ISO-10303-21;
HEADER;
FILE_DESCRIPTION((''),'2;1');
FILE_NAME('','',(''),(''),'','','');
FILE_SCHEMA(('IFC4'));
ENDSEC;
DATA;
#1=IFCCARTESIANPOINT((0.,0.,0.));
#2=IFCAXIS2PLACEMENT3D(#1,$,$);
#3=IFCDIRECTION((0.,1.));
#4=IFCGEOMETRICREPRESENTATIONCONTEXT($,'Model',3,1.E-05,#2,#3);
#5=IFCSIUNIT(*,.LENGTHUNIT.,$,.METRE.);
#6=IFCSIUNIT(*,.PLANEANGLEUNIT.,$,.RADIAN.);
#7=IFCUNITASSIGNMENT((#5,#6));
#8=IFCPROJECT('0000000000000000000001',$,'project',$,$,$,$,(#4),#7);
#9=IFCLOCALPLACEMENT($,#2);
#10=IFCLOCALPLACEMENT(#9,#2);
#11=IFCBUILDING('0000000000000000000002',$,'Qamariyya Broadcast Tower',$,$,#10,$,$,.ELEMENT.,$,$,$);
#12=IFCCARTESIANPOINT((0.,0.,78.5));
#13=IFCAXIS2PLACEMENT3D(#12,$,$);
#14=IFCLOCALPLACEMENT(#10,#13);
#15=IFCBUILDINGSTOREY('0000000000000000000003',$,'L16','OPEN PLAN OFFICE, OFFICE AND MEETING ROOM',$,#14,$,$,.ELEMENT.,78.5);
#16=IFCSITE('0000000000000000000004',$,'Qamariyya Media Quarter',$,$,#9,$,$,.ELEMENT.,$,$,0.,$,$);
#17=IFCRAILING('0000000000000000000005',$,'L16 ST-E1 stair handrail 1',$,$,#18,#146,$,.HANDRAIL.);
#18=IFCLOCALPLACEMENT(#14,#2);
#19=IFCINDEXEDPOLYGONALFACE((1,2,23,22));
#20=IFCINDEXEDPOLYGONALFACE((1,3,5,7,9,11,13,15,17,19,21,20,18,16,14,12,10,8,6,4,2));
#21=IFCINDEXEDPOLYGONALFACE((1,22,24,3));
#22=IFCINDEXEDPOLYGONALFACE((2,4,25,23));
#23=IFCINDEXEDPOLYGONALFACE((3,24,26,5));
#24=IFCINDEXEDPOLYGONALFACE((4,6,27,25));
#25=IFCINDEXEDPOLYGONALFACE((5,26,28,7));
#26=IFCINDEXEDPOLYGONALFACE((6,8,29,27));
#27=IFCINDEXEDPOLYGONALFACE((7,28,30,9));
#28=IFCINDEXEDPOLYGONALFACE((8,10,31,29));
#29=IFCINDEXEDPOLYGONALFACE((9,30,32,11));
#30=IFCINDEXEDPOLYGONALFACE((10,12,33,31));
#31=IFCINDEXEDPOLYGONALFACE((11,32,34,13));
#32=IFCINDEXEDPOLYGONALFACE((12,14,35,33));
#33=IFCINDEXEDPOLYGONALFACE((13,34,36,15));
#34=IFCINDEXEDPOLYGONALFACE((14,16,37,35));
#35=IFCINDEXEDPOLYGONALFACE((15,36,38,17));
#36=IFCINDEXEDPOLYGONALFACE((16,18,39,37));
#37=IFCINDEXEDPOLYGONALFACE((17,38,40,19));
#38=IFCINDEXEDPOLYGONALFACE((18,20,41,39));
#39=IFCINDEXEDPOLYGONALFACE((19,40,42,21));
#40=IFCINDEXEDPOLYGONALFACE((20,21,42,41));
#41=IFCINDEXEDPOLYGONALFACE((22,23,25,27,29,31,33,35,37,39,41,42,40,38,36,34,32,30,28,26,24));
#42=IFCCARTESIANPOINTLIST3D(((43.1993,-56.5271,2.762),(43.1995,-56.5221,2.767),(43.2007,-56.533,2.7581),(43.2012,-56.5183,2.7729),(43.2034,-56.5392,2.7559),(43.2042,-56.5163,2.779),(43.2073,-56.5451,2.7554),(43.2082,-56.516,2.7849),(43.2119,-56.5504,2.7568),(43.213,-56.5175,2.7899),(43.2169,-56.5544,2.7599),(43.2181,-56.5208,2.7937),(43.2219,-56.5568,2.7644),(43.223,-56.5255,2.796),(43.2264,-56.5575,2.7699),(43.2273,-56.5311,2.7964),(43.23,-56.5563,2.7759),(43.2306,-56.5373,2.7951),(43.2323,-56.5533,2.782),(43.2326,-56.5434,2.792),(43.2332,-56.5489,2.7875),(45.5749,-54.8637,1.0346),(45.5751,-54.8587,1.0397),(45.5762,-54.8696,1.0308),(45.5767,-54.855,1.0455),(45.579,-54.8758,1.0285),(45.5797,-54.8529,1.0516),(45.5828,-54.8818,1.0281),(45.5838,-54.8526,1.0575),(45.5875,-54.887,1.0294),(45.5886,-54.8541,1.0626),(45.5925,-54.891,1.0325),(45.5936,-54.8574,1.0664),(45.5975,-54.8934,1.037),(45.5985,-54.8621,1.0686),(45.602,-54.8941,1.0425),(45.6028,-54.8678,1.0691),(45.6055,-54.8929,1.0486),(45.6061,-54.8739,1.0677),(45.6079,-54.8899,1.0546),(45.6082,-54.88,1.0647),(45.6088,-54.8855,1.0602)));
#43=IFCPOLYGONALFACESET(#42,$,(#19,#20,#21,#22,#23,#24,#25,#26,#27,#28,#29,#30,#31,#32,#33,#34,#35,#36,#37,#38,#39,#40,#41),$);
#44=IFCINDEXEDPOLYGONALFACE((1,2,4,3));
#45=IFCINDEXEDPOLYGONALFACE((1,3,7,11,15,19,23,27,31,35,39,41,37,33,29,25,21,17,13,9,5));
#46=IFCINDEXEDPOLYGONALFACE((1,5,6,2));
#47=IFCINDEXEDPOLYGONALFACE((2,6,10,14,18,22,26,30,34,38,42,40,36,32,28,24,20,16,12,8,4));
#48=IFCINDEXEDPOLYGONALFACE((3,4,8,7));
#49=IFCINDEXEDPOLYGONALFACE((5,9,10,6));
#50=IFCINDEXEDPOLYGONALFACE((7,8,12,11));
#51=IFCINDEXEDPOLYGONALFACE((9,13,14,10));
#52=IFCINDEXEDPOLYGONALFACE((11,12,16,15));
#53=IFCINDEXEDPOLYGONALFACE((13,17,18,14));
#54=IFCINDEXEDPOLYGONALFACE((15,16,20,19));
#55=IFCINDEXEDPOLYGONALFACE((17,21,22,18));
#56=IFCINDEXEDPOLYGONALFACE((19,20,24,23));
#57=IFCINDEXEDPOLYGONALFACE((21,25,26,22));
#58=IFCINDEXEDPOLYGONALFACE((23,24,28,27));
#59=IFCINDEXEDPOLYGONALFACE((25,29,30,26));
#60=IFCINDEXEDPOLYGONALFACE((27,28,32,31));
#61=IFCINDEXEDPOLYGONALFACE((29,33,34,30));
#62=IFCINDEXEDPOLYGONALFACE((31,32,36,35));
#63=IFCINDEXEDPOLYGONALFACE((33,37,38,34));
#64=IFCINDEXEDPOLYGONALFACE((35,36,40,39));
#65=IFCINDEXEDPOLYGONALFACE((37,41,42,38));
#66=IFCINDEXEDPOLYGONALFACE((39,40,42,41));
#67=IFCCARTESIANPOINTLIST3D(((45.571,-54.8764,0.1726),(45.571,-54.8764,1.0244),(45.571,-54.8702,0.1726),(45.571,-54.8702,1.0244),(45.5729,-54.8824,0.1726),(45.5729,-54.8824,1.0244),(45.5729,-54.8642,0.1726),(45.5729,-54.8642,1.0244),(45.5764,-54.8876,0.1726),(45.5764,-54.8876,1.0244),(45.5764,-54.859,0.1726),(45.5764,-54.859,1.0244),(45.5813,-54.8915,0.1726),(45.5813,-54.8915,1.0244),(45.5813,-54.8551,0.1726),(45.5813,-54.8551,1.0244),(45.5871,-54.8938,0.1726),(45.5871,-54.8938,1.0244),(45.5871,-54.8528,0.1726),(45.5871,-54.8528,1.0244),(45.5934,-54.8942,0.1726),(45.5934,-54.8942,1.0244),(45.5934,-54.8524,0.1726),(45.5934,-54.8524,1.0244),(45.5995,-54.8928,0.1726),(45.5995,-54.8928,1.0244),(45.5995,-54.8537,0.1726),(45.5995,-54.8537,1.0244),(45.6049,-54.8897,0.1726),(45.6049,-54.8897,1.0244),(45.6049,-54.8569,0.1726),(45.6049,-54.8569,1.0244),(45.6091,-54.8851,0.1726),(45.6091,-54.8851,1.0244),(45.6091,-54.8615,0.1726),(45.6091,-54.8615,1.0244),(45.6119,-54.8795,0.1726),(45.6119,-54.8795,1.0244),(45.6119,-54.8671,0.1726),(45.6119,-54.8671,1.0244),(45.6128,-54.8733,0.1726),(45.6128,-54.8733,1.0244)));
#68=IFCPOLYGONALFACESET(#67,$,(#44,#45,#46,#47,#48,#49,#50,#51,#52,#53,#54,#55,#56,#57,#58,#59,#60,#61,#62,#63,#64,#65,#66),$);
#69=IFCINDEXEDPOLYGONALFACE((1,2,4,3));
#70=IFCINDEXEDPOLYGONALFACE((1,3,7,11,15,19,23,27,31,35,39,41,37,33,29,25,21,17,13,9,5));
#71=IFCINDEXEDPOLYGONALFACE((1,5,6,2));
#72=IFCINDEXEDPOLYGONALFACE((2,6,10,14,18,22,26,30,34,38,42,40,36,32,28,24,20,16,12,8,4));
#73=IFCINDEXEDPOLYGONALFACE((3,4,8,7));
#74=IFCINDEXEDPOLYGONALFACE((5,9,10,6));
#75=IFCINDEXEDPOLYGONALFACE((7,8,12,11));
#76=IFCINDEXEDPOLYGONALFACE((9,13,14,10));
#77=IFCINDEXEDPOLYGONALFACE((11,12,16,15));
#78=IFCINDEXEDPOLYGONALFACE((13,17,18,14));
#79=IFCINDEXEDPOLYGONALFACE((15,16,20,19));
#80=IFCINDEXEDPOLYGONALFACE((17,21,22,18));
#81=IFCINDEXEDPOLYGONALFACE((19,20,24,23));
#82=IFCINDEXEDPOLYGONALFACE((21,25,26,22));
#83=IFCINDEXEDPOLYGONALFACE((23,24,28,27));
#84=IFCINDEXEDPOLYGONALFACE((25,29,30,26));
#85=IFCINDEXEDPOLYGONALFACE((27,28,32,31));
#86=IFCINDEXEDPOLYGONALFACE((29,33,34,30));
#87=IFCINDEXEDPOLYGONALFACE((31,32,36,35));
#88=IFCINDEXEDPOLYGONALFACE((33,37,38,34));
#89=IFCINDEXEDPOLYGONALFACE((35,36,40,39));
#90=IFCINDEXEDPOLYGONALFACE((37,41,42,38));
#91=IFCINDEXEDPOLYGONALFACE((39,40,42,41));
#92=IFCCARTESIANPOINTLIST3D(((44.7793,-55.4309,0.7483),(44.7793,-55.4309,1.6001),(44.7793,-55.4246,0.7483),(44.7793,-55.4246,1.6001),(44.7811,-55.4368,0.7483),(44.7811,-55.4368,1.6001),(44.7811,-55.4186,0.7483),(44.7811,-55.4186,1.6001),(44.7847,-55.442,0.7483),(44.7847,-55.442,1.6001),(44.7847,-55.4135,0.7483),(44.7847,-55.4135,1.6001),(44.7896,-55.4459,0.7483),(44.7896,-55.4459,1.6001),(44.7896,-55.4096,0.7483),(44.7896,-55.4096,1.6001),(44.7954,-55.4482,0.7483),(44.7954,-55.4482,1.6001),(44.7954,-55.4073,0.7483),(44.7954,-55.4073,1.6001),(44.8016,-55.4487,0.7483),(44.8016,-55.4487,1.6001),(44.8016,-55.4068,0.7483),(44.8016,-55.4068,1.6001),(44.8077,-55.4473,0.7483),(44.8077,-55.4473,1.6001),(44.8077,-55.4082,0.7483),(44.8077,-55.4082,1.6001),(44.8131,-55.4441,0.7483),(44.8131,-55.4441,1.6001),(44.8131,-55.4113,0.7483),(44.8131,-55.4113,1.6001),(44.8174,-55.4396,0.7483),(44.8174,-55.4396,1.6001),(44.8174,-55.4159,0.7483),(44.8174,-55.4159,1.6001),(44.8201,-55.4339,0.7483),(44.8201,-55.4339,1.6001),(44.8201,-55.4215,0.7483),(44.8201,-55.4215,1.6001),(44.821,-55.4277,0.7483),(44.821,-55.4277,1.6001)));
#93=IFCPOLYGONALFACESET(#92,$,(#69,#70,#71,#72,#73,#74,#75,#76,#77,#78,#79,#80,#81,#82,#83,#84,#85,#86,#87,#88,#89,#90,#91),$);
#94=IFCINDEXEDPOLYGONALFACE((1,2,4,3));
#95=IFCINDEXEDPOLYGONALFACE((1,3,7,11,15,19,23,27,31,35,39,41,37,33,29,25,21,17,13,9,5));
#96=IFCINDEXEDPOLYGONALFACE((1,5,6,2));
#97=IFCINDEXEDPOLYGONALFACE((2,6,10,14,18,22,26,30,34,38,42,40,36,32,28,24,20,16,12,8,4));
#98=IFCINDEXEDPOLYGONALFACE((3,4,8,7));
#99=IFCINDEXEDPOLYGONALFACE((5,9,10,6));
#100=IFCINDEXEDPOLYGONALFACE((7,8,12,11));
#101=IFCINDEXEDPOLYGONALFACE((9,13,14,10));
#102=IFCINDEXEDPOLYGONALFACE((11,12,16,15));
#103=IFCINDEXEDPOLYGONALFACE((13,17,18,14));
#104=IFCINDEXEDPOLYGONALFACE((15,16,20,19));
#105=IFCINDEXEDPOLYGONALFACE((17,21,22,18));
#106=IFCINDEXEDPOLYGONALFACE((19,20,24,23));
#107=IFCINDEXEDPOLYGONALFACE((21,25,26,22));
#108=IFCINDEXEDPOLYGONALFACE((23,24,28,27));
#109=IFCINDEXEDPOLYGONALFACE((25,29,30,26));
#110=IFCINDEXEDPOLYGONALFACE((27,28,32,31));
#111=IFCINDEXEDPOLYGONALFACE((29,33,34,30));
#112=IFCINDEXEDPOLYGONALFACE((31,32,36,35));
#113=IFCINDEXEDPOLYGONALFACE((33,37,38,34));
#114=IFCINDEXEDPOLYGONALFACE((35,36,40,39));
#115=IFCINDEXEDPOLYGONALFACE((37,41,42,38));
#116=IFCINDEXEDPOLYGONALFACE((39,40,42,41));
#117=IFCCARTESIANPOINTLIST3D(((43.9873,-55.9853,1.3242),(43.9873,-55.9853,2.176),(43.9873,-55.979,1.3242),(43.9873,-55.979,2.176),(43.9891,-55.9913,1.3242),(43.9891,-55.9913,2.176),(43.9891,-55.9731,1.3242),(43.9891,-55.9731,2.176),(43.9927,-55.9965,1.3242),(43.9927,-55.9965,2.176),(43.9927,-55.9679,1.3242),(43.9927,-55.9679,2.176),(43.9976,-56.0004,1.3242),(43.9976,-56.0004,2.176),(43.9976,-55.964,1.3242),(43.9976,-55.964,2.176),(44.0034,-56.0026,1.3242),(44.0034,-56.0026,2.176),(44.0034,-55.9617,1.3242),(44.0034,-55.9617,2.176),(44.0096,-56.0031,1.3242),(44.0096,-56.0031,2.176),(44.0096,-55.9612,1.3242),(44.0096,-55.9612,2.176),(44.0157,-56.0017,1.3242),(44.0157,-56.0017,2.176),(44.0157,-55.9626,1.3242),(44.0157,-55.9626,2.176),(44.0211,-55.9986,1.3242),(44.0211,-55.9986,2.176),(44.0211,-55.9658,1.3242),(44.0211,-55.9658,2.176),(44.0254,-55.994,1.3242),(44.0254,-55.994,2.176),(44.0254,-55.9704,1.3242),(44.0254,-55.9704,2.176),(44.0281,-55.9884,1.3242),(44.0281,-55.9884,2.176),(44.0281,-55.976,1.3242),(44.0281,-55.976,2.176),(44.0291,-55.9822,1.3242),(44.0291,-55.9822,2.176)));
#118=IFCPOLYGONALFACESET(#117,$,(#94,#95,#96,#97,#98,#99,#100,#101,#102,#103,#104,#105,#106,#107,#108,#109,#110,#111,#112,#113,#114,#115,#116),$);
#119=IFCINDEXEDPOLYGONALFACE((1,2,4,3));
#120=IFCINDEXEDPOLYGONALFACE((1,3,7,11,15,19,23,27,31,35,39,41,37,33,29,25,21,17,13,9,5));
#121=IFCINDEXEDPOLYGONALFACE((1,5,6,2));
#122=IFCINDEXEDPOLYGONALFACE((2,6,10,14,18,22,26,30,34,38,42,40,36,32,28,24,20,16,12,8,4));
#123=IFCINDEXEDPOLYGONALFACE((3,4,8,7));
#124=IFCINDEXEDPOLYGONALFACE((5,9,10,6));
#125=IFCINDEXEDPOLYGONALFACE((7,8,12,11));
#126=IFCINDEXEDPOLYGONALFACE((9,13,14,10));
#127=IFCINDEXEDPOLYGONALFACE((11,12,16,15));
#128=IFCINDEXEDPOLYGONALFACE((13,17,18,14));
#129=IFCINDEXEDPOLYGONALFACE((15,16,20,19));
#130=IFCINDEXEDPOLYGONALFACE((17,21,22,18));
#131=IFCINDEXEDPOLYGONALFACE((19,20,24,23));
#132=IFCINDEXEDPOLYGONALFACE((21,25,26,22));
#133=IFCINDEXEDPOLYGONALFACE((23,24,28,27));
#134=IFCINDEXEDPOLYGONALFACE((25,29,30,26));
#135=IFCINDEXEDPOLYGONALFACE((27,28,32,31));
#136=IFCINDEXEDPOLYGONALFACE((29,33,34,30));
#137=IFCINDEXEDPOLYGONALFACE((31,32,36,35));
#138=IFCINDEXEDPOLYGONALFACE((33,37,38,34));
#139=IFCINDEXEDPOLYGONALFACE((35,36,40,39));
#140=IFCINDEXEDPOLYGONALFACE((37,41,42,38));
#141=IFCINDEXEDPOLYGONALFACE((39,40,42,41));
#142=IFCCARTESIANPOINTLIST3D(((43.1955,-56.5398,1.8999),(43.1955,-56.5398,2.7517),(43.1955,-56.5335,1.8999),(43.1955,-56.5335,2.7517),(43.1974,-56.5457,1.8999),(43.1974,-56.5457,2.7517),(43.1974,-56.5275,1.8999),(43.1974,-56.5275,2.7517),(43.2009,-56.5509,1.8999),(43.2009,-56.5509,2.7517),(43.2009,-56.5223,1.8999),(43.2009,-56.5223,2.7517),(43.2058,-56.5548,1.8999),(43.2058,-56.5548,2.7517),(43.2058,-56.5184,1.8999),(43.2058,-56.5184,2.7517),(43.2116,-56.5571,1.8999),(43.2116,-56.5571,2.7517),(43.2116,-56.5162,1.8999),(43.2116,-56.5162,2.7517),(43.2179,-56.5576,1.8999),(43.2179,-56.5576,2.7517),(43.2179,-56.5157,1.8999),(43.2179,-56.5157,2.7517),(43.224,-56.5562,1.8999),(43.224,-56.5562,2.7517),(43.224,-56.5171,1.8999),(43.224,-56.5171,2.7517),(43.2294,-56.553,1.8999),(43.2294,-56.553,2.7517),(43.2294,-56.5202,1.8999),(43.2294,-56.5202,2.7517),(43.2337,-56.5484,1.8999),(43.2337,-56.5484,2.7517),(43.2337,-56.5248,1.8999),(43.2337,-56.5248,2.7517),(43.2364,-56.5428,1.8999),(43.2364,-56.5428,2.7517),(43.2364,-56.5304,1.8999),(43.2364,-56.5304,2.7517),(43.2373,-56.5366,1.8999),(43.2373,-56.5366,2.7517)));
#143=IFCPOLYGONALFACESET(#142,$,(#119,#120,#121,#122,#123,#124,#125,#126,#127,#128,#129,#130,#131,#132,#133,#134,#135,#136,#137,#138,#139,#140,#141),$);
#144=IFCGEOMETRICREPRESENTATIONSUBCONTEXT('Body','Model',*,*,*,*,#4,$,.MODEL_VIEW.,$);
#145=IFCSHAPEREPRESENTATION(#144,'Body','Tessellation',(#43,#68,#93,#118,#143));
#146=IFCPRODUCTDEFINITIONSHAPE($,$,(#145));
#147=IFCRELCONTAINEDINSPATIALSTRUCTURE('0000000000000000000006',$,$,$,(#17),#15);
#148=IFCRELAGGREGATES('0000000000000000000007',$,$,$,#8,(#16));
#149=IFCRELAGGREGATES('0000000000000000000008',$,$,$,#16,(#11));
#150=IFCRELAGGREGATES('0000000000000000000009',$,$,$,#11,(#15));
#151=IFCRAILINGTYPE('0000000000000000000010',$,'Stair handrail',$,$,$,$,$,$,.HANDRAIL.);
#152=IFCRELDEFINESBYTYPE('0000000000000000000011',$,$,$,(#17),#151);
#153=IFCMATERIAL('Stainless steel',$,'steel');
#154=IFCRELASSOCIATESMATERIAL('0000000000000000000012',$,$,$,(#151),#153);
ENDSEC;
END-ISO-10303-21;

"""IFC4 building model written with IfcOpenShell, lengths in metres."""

from ifc_helpers import new_model, si_unit, direction, frame, origin, origin_2d, place, context, subcontext, project, spatial, circle, extrude, material, type_object, element, save


model = new_model("IFC4")

# Units and contexts
model_context = context("Model", 3, precision=1e-05, world=origin(), true_north=direction((0.0, 1.0)))
body_context = subcontext(model_context, "Body", "Model", "MODEL_VIEW")
ifc_project = project(units=[si_unit("LENGTHUNIT", "METRE"), si_unit("PLANEANGLEUNIT", "RADIAN")], contexts=[model_context])

# Site, building, storey
site_placement = place(None, origin())
site = spatial("IfcSite", under=ifc_project, at=site_placement, Name="Qamariyya Media Quarter", CompositionType="ELEMENT", RefElevation=0.0)
building_placement = place(site_placement, origin())
building = spatial("IfcBuilding", under=site, at=building_placement, Name="Qamariyya Broadcast Tower", CompositionType="ELEMENT")
storey_placement = place(building_placement, frame((0.0, 0.0, 78.5)))
storey = spatial("IfcBuildingStorey", under=building, at=storey_placement, Name="L16", Description="OPEN PLAN OFFICE, OFFICE AND MEETING ROOM", CompositionType="ELEMENT", Elevation=78.5)

# Railing
ifc_material_1 = material(Name="Stainless steel", Category="steel")
railing_type_1 = type_object("IfcRailingType", Name="Stair handrail", PredefinedType="HANDRAIL", material=ifc_material_1)
railing_1_placement = place(storey_placement, frame((45.5918, -54.8733, 0.1726)))
element("IfcRailing", 1, at=railing_1_placement, inside=storey, type_object=railing_type_1, Name="L16 ST-E1 stair handrail 1", PredefinedType="HANDRAIL", context=body_context, shape_type="SweptSolid", body=[
    extrude(circle(Radius=0.0239, at=origin_2d()), frame((0.0, 0.0, 0.876), z_axis=(-0.70377, -0.492784, 0.511734), x_axis=(0.573575, -0.819153, 0.0)), (0.0, 0.0, 1.0), 3.3755),
    extrude(circle(Radius=0.021, at=origin_2d()), origin(), (0.0, 0.0, 1.0), 0.8518),
    extrude(circle(Radius=0.021, at=origin_2d()), frame((-0.7917, -0.5544, 0.5757)), (0.0, 0.0, 1.0), 0.8518),
    extrude(circle(Radius=0.021, at=origin_2d()), frame((-1.5837, -1.1089, 1.1516)), (0.0, 0.0, 1.0), 0.8518),
    extrude(circle(Radius=0.021, at=origin_2d()), frame((-2.3755, -1.6633, 1.7273)), (0.0, 0.0, 1.0), 0.8518),
])

save(model, "model.ifc")
